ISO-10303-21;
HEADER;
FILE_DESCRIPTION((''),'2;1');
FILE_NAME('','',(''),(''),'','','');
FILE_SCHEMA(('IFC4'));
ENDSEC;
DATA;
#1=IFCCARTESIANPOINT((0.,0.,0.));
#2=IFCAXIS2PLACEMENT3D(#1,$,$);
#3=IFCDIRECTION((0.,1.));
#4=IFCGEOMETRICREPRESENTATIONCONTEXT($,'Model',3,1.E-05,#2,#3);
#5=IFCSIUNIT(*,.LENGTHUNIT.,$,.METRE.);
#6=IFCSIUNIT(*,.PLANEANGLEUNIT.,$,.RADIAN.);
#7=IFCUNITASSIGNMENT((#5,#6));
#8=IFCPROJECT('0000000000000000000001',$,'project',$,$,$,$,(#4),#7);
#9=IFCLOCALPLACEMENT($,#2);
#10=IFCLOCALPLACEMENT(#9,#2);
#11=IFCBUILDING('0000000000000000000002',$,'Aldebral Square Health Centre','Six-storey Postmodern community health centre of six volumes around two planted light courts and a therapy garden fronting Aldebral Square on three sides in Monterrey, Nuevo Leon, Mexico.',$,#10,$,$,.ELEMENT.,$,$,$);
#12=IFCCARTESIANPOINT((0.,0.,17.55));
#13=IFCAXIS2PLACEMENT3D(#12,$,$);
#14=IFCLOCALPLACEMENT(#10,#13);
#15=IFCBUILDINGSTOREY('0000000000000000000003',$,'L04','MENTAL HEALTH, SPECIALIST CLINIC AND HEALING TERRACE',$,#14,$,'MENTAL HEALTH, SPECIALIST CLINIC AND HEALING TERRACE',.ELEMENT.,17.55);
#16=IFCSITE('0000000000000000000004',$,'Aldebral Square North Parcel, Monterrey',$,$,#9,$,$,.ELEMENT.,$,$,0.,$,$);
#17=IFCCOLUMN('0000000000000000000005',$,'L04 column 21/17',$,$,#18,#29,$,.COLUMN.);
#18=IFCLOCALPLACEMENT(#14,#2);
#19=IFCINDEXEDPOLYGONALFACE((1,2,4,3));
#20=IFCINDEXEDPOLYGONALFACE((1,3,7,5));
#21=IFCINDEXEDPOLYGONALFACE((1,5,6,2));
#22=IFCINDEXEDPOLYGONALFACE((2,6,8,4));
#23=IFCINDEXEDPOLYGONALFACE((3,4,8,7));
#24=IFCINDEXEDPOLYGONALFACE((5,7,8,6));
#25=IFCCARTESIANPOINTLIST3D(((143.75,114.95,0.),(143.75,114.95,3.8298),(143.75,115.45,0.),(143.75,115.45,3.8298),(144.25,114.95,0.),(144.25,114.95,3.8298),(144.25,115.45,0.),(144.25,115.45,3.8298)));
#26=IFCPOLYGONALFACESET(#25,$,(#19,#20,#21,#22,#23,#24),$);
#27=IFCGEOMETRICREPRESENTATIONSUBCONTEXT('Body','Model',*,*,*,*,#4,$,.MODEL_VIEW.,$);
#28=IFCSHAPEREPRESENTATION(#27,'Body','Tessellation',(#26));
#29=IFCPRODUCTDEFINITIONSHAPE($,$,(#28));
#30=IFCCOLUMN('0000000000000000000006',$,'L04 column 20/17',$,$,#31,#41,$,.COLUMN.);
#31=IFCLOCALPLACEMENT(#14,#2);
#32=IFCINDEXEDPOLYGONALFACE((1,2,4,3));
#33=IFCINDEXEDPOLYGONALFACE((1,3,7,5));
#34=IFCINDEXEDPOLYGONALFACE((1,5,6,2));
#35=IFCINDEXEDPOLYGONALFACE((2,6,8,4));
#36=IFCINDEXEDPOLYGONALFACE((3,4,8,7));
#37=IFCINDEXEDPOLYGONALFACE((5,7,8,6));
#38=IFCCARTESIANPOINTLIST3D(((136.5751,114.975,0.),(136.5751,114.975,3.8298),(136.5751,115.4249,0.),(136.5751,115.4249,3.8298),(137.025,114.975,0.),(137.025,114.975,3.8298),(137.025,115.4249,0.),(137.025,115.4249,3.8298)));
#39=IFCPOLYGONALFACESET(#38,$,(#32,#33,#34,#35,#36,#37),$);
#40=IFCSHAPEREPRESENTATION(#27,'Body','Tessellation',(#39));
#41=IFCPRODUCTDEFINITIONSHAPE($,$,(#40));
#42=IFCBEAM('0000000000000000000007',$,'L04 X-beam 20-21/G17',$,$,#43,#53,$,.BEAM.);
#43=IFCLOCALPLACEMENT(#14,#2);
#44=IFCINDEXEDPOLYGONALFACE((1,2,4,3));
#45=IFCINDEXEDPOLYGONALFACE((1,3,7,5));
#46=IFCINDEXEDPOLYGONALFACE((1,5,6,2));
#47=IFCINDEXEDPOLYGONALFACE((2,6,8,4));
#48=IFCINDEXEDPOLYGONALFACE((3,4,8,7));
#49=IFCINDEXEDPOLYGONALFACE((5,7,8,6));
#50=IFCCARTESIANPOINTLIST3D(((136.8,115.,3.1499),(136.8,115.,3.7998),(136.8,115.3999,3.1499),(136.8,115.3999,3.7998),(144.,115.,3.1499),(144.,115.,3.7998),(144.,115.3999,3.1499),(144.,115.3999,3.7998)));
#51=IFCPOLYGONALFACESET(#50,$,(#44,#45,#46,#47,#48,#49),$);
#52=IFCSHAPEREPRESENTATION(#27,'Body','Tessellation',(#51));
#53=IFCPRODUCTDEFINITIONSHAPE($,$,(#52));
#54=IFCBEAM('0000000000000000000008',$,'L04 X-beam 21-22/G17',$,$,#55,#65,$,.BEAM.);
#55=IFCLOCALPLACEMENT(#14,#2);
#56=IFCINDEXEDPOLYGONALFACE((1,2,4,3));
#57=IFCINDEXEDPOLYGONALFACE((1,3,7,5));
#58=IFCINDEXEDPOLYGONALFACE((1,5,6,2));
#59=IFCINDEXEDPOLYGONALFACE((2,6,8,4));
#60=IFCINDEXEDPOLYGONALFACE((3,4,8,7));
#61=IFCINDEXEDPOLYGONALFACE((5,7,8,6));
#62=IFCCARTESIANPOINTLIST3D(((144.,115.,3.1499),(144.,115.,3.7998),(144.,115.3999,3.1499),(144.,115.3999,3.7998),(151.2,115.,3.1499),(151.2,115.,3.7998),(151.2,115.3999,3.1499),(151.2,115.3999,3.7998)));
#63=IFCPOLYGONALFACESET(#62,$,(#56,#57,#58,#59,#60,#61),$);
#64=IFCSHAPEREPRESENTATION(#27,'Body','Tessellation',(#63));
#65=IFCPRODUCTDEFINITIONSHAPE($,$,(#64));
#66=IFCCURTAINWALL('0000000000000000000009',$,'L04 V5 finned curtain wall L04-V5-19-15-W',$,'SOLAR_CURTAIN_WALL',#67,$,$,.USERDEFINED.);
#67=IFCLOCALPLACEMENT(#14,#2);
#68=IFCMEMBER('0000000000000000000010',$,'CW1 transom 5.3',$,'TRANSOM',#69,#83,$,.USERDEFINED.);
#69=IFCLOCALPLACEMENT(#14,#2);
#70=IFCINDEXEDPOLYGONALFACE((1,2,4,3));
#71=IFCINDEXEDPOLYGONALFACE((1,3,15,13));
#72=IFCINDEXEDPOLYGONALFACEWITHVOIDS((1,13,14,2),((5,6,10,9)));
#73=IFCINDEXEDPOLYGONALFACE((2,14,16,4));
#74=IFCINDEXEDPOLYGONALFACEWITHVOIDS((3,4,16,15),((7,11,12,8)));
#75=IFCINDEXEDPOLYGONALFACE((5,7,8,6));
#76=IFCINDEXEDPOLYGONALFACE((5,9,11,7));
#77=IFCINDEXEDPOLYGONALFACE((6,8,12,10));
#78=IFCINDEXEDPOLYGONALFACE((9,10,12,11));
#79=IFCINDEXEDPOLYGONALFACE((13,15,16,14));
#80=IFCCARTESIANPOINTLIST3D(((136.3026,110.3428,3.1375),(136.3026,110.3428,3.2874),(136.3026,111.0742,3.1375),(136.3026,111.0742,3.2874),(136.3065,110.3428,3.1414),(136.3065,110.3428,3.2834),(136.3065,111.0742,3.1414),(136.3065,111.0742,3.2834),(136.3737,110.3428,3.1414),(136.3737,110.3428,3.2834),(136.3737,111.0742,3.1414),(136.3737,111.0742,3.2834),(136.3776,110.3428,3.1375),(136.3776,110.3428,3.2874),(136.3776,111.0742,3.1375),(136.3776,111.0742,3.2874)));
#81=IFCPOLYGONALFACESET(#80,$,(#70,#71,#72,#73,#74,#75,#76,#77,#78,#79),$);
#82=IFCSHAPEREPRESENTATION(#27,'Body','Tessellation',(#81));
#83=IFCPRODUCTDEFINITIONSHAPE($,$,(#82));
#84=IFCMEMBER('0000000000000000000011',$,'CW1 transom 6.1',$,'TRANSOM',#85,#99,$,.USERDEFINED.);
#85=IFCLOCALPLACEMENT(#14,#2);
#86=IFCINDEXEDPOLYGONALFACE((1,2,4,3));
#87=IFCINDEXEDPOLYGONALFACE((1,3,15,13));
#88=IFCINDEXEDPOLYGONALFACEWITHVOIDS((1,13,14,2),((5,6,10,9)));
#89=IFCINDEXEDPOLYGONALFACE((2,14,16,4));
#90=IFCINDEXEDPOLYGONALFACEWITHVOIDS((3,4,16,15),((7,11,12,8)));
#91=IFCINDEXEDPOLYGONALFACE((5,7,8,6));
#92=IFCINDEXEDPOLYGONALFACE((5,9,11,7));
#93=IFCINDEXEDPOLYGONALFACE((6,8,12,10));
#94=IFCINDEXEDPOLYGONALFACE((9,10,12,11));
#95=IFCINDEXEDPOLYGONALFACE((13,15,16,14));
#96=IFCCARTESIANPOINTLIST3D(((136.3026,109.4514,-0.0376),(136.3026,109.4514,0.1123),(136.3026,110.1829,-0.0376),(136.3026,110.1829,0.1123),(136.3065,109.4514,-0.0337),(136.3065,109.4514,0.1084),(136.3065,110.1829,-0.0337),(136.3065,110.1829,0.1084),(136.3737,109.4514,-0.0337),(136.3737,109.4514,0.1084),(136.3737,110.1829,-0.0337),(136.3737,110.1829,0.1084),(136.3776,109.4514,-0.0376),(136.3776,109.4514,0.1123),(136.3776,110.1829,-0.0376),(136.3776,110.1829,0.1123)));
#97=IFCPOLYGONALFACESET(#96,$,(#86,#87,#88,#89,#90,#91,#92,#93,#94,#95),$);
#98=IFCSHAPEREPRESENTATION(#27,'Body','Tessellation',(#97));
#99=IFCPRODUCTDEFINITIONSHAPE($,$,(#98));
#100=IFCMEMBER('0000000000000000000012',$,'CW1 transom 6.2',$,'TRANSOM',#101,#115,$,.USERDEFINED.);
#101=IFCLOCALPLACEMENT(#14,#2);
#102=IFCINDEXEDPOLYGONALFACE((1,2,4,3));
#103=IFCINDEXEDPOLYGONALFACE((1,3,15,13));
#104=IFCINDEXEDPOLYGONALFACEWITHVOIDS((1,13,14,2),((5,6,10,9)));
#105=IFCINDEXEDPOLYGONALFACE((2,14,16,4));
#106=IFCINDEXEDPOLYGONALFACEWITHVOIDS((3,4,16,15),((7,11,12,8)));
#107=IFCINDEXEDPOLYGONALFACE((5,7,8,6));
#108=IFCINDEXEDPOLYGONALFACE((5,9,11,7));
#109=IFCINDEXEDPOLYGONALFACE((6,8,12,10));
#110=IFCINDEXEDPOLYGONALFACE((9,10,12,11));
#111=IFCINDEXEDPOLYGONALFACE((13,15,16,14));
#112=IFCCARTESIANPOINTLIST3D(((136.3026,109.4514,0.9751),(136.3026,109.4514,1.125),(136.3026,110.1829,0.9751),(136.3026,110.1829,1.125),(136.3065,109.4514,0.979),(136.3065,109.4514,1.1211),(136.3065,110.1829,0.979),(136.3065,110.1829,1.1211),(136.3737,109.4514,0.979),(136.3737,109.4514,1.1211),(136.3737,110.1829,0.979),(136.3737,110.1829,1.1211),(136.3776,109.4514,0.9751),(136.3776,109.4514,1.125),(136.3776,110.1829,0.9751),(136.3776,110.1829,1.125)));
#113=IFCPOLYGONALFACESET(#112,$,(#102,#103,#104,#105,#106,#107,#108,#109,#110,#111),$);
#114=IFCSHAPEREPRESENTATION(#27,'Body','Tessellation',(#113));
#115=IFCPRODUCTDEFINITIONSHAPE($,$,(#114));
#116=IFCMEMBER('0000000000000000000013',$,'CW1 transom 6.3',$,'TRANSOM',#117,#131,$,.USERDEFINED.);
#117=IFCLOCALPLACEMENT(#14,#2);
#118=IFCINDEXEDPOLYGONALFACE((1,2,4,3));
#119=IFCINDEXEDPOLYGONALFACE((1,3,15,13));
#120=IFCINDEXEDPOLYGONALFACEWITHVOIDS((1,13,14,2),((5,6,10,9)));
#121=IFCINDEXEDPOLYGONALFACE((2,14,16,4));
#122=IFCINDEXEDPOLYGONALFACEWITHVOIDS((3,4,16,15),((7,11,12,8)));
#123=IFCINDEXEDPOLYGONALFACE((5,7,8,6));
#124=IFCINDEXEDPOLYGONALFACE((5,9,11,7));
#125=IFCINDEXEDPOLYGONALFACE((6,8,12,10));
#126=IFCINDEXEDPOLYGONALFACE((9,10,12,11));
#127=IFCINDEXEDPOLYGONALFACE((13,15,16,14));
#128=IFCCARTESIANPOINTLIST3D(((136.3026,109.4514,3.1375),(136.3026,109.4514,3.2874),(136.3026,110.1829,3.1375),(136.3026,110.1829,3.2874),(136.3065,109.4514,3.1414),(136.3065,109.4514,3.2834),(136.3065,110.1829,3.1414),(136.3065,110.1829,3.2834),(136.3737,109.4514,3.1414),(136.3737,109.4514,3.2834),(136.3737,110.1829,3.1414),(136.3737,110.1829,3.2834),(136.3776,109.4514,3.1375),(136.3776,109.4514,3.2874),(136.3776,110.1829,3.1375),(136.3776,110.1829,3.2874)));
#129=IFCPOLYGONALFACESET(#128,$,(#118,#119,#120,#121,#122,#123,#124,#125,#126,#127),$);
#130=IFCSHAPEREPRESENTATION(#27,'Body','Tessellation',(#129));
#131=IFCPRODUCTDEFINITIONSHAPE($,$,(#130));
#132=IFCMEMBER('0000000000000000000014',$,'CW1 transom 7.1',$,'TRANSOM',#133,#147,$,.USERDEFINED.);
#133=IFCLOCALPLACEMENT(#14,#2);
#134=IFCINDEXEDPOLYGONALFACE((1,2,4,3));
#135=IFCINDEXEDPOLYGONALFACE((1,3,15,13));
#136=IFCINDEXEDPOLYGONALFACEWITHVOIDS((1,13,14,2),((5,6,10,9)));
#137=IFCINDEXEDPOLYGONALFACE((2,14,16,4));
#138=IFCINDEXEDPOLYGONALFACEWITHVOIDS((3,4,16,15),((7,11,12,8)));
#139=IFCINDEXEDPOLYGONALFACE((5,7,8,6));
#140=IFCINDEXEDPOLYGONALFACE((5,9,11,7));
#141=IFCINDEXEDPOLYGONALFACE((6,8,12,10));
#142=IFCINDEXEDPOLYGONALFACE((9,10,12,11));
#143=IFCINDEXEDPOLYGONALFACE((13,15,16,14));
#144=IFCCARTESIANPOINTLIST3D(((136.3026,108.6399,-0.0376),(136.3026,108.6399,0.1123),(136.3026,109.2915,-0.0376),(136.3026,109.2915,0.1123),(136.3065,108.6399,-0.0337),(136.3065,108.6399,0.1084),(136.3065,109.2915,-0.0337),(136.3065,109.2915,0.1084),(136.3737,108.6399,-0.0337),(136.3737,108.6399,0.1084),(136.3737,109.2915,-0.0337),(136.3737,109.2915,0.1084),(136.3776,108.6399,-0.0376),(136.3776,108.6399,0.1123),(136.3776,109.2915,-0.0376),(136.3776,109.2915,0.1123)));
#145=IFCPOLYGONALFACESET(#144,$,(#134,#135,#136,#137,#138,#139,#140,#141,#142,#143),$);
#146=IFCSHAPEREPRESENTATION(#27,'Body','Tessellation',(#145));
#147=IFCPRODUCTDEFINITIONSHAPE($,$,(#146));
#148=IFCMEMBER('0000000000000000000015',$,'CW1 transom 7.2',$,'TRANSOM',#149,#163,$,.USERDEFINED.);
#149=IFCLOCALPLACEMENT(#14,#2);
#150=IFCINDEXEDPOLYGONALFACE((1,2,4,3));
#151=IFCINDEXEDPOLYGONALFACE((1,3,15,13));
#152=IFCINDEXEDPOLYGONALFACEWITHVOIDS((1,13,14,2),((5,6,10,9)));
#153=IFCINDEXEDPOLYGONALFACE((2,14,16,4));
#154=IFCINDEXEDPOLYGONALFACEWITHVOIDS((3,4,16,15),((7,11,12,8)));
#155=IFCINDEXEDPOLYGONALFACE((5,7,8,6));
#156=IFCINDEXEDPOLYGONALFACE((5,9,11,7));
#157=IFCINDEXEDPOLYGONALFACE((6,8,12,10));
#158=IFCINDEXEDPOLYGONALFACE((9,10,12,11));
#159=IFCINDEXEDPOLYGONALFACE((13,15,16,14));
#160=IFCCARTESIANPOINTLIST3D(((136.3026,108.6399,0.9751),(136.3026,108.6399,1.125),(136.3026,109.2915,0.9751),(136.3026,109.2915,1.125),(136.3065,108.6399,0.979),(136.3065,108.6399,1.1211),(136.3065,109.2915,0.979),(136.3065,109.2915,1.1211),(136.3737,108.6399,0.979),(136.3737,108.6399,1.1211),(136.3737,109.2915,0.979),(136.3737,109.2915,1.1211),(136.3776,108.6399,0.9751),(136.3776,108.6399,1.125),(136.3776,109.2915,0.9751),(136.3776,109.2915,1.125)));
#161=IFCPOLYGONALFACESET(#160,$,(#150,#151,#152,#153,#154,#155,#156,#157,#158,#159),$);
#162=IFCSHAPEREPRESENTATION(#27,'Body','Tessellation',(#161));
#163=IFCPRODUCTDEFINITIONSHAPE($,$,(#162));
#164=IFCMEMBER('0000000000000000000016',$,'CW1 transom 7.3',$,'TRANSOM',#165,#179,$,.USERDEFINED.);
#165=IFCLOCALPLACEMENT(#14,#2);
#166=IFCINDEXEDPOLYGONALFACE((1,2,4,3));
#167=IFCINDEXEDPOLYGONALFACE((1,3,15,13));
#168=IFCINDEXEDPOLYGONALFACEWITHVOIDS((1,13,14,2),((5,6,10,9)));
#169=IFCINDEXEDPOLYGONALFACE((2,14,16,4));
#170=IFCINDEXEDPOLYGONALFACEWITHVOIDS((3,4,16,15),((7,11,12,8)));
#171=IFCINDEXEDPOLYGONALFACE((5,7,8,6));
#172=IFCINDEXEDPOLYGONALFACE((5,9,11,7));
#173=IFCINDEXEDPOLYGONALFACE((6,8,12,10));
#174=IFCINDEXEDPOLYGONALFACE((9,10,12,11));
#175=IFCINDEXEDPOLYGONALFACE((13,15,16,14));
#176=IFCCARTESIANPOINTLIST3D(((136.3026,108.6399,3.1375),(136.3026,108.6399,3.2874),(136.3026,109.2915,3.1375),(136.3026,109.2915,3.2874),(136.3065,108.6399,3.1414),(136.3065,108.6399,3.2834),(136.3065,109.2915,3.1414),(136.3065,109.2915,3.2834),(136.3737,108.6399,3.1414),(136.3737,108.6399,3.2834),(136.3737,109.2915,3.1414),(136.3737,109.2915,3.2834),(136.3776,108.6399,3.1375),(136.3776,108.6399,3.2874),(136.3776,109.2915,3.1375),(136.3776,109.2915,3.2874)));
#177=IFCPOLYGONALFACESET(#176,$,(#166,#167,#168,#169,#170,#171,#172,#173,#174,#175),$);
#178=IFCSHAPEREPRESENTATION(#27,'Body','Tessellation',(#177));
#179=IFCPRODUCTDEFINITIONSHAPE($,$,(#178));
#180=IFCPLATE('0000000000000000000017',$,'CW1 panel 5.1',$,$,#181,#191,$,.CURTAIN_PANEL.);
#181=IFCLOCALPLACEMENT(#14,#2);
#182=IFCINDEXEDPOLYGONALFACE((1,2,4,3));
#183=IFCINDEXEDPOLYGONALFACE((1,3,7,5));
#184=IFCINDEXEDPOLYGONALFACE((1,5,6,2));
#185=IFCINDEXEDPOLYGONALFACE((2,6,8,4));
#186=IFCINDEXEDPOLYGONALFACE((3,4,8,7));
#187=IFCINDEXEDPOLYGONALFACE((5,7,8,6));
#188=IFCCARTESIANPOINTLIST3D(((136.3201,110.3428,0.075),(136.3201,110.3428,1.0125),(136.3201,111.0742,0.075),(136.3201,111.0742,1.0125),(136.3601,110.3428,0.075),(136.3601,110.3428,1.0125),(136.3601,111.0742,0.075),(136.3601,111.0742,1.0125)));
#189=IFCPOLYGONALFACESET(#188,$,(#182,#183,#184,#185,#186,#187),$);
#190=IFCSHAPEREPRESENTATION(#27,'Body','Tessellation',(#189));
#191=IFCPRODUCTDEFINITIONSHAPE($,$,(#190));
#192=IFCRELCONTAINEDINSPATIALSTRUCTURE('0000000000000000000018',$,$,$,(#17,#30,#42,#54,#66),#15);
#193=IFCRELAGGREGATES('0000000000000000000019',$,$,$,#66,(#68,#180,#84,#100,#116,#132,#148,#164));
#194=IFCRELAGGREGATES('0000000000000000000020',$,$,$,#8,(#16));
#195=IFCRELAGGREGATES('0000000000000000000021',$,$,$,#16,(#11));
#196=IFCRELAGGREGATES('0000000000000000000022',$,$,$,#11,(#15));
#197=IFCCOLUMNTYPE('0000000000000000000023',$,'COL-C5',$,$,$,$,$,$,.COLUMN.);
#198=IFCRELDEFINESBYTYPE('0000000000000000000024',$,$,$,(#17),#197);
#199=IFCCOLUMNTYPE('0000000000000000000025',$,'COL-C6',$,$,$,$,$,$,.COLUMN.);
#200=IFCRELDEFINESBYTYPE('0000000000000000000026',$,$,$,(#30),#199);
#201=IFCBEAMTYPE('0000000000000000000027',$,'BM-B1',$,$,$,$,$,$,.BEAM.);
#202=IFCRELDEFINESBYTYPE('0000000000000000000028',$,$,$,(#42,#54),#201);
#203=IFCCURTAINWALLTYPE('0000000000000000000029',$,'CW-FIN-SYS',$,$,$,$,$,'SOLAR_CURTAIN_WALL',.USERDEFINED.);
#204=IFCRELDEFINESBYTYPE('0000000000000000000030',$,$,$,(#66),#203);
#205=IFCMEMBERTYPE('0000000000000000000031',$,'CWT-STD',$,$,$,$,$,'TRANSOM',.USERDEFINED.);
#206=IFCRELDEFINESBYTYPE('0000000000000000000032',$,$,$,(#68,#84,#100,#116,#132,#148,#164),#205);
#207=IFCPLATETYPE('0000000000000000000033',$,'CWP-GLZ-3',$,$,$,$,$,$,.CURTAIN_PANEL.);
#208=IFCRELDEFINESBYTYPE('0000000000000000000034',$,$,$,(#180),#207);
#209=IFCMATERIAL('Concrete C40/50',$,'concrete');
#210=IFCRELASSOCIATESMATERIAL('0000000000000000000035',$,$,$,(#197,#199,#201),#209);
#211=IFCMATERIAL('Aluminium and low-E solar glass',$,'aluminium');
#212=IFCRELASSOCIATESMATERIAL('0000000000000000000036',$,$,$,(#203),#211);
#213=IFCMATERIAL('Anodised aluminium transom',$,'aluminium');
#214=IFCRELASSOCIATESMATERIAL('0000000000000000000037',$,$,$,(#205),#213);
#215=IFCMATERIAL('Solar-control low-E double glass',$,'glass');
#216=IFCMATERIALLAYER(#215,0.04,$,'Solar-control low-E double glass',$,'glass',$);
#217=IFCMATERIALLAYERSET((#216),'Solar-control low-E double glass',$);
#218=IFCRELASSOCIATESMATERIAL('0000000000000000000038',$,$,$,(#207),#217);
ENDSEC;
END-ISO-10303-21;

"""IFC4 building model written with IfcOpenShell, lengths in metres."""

from ifc_helpers import new_model, si_unit, direction, frame, origin, origin_2d, place, context, subcontext, project, spatial, rectangle, hollow_rectangle, extrude, material, layer, layer_set, material_profile, profile_set, type_object, element, aggregate, save


model = new_model("IFC4")

# Units and contexts
model_context = context("Model", 3, precision=1e-05, world=origin(), true_north=direction((0.0, 1.0)))
body_context = subcontext(model_context, "Body", "Model", "MODEL_VIEW")
ifc_project = project(units=[si_unit("LENGTHUNIT", "METRE"), si_unit("PLANEANGLEUNIT", "RADIAN")], contexts=[model_context])

# Site, building, storey
site_placement = place(None, origin())
site = spatial("IfcSite", under=ifc_project, at=site_placement, Name="Aldebral Square North Parcel, Monterrey", CompositionType="ELEMENT", RefElevation=0.0)
building_placement = place(site_placement, origin())
building = spatial("IfcBuilding", under=site, at=building_placement, Name="Aldebral Square Health Centre", Description="Six-storey Postmodern community health centre of six volumes around two planted light courts and a therapy garden fronting Aldebral Square on three sides in Monterrey, Nuevo Leon, Mexico.", CompositionType="ELEMENT")
storey_placement = place(building_placement, frame((0.0, 0.0, 17.55)))
storey = spatial("IfcBuildingStorey", under=building, at=storey_placement, Name="L04", Description="MENTAL HEALTH, SPECIALIST CLINIC AND HEALING TERRACE", LongName="MENTAL HEALTH, SPECIALIST CLINIC AND HEALING TERRACE", CompositionType="ELEMENT", Elevation=17.55)

# Columns
ifc_material_1 = material(Name="Concrete C40/50", Category="concrete")
ifc_material_profile_1 = material_profile(ifc_material_1, rectangle(XDim=0.5, YDim=0.5, at=origin_2d()), Name="RC 500x500")
ifc_profile_set_1 = profile_set([ifc_material_profile_1], Name="Concrete C40/50")
column_type_1 = type_object("IfcColumnType", Name="COL-C5", PredefinedType="COLUMN", material=ifc_profile_set_1)
column_1_placement = place(storey_placement, frame((144.0, 115.2, 0.0), z_axis=(0.0, 0.0, 1.0), x_axis=(1.0, 0.0, 0.0)))
element("IfcColumn", 1, at=column_1_placement, inside=storey, type_object=column_type_1, Name="L04 column 21/17", PredefinedType="COLUMN", context=body_context, shape_type="SweptSolid", body=[
    extrude(rectangle(XDim=0.5, YDim=0.5, at=origin_2d()), origin(), (0.0, 0.0, 1.0), 3.8298),
])
ifc_material_profile_2 = material_profile(ifc_material_1, rectangle(XDim=0.45, YDim=0.45, at=origin_2d()), Name="RC 450x450")
ifc_profile_set_2 = profile_set([ifc_material_profile_2], Name="Concrete C40/50")
column_type_2 = type_object("IfcColumnType", Name="COL-C6", PredefinedType="COLUMN", material=ifc_profile_set_2)
column_2_placement = place(storey_placement, frame((136.8, 115.2, 0.0), z_axis=(0.0, 0.0, 1.0), x_axis=(1.0, 0.0, 0.0)))
element("IfcColumn", 2, at=column_2_placement, inside=storey, type_object=column_type_2, Name="L04 column 20/17", PredefinedType="COLUMN", context=body_context, shape_type="SweptSolid", body=[
    extrude(rectangle(XDim=0.45, YDim=0.45, at=origin_2d()), origin(), (0.0, 0.0, 1.0), 3.8298),
])

# Beams
ifc_material_profile_3 = material_profile(ifc_material_1, rectangle(XDim=0.3999, YDim=0.6499, at=origin_2d()), Name="RC 400x650")
ifc_profile_set_3 = profile_set([ifc_material_profile_3], Name="Concrete C40/50")
beam_type = type_object("IfcBeamType", Name="BM-B1", PredefinedType="BEAM", material=ifc_profile_set_3)
for number, where, z_axis, x_axis, name in (
    (3, (136.8, 115.2, 3.4749), (1.0, 0.0, 0.0), (0.0, 1.0, 0.0), "L04 X-beam 20-21/G17"),
    (4, (144.0, 115.2, 3.4749), (1.0, 0.0, 0.0), (0.0, 1.0, 0.0), "L04 X-beam 21-22/G17"),
):
    element("IfcBeam", number, at=place(storey_placement, frame(where, z_axis=z_axis, x_axis=x_axis)), inside=storey, type_object=beam_type, Name=name, PredefinedType="BEAM", context=body_context, shape_type="SweptSolid", body=[
        extrude(rectangle(XDim=0.3999, YDim=0.6499, at=origin_2d()), origin(), (0.0, 0.0, 1.0), 7.2),
    ])

# Curtain wall, members, plate
ifc_material_2 = material(Name="Aluminium and low-E solar glass", Category="aluminium")
curtain_wall_type = type_object("IfcCurtainWallType", Name="CW-FIN-SYS", ElementType="SOLAR_CURTAIN_WALL", PredefinedType="USERDEFINED", material=ifc_material_2)
curtain_wall_placement = place(storey_placement, origin())
curtain_wall = element("IfcCurtainWall", 5, at=curtain_wall_placement, inside=storey, type_object=curtain_wall_type, Name="L04 V5 finned curtain wall L04-V5-19-15-W", ObjectType="SOLAR_CURTAIN_WALL", PredefinedType="USERDEFINED")
ifc_material_3 = material(Name="Anodised aluminium transom", Category="aluminium")
ifc_material_profile_4 = material_profile(ifc_material_3, hollow_rectangle(XDim=0.075, YDim=0.1499, WallThickness=0.0039, at=origin_2d()), Name="CWT 75x150x4")
ifc_profile_set_4 = profile_set([ifc_material_profile_4], Name="Anodised aluminium transom")
member_type = type_object("IfcMemberType", Name="CWT-STD", ElementType="TRANSOM", PredefinedType="USERDEFINED", material=ifc_profile_set_4)
member_1_placement = place(storey_placement, frame((136.3401, 111.0742, 3.2124), z_axis=(0.0, -1.0, 0.0), x_axis=(1.0, 0.0, 0.0)))
member_1 = element("IfcMember", 6, at=member_1_placement, type_object=member_type, Name="CW1 transom 5.3", ObjectType="TRANSOM", PredefinedType="USERDEFINED", context=body_context, shape_type="SweptSolid", body=[
    extrude(hollow_rectangle(XDim=0.075, YDim=0.1499, WallThickness=0.0039, at=origin_2d()), origin(), (0.0, 0.0, 1.0), 0.7314),
])
member_2_placement = place(storey_placement, frame((136.3401, 110.1829, 0.0374), z_axis=(0.0, -1.0, 0.0), x_axis=(1.0, 0.0, 0.0)))
member_2 = element("IfcMember", 7, at=member_2_placement, type_object=member_type, Name="CW1 transom 6.1", ObjectType="TRANSOM", PredefinedType="USERDEFINED", context=body_context, shape_type="SweptSolid", body=[
    extrude(hollow_rectangle(XDim=0.075, YDim=0.1499, WallThickness=0.0039, at=origin_2d()), origin(), (0.0, 0.0, 1.0), 0.7314),
])
member_3_placement = place(storey_placement, frame((136.3401, 110.1829, 1.05), z_axis=(0.0, -1.0, 0.0), x_axis=(1.0, 0.0, 0.0)))
member_3 = element("IfcMember", 8, at=member_3_placement, type_object=member_type, Name="CW1 transom 6.2", ObjectType="TRANSOM", PredefinedType="USERDEFINED", context=body_context, shape_type="SweptSolid", body=[
    extrude(hollow_rectangle(XDim=0.075, YDim=0.1499, WallThickness=0.0039, at=origin_2d()), origin(), (0.0, 0.0, 1.0), 0.7314),
])
member_4_placement = place(storey_placement, frame((136.3401, 110.1829, 3.2124), z_axis=(0.0, -1.0, 0.0), x_axis=(1.0, 0.0, 0.0)))
member_4 = element("IfcMember", 9, at=member_4_placement, type_object=member_type, Name="CW1 transom 6.3", ObjectType="TRANSOM", PredefinedType="USERDEFINED", context=body_context, shape_type="SweptSolid", body=[
    extrude(hollow_rectangle(XDim=0.075, YDim=0.1499, WallThickness=0.0039, at=origin_2d()), origin(), (0.0, 0.0, 1.0), 0.7314),
])
member_5_placement = place(storey_placement, frame((136.3401, 109.2915, 0.0374), z_axis=(0.0, -1.0, 0.0), x_axis=(1.0, 0.0, 0.0)))
member_5 = element("IfcMember", 10, at=member_5_placement, type_object=member_type, Name="CW1 transom 7.1", ObjectType="TRANSOM", PredefinedType="USERDEFINED", context=body_context, shape_type="SweptSolid", body=[
    extrude(hollow_rectangle(XDim=0.075, YDim=0.1499, WallThickness=0.0039, at=origin_2d()), origin(), (0.0, 0.0, 1.0), 0.6516),
])
member_6_placement = place(storey_placement, frame((136.3401, 109.2915, 1.05), z_axis=(0.0, -1.0, 0.0), x_axis=(1.0, 0.0, 0.0)))
member_6 = element("IfcMember", 11, at=member_6_placement, type_object=member_type, Name="CW1 transom 7.2", ObjectType="TRANSOM", PredefinedType="USERDEFINED", context=body_context, shape_type="SweptSolid", body=[
    extrude(hollow_rectangle(XDim=0.075, YDim=0.1499, WallThickness=0.0039, at=origin_2d()), origin(), (0.0, 0.0, 1.0), 0.6516),
])
member_7_placement = place(storey_placement, frame((136.3401, 109.2915, 3.2124), z_axis=(0.0, -1.0, 0.0), x_axis=(1.0, 0.0, 0.0)))
member_7 = element("IfcMember", 12, at=member_7_placement, type_object=member_type, Name="CW1 transom 7.3", ObjectType="TRANSOM", PredefinedType="USERDEFINED", context=body_context, shape_type="SweptSolid", body=[
    extrude(hollow_rectangle(XDim=0.075, YDim=0.1499, WallThickness=0.0039, at=origin_2d()), origin(), (0.0, 0.0, 1.0), 0.6516),
])
ifc_material_4 = material(Name="Solar-control low-E double glass", Category="glass")
ifc_layer_1 = layer(ifc_material_4, 0.04, Name="Solar-control low-E double glass", Category="glass")
ifc_layer_set_1 = layer_set([ifc_layer_1], Name="Solar-control low-E double glass")
plate_type = type_object("IfcPlateType", Name="CWP-GLZ-3", PredefinedType="CURTAIN_PANEL", material=ifc_layer_set_1)
plate_1_placement = place(storey_placement, frame((136.3401, 110.7085, 0.075), z_axis=(0.0, 0.0, 1.0), x_axis=(0.0, -1.0, 0.0)))
plate_1 = element("IfcPlate", 13, at=plate_1_placement, type_object=plate_type, Name="CW1 panel 5.1", PredefinedType="CURTAIN_PANEL", context=body_context, shape_type="SweptSolid", body=[
    extrude(rectangle(XDim=0.7314, YDim=0.04, at=origin_2d()), origin(), (0.0, 0.0, 1.0), 0.9375),
])
aggregate(curtain_wall, [member_1, plate_1, member_2, member_3, member_4, member_5, member_6, member_7])

save(model, "model.ifc")
